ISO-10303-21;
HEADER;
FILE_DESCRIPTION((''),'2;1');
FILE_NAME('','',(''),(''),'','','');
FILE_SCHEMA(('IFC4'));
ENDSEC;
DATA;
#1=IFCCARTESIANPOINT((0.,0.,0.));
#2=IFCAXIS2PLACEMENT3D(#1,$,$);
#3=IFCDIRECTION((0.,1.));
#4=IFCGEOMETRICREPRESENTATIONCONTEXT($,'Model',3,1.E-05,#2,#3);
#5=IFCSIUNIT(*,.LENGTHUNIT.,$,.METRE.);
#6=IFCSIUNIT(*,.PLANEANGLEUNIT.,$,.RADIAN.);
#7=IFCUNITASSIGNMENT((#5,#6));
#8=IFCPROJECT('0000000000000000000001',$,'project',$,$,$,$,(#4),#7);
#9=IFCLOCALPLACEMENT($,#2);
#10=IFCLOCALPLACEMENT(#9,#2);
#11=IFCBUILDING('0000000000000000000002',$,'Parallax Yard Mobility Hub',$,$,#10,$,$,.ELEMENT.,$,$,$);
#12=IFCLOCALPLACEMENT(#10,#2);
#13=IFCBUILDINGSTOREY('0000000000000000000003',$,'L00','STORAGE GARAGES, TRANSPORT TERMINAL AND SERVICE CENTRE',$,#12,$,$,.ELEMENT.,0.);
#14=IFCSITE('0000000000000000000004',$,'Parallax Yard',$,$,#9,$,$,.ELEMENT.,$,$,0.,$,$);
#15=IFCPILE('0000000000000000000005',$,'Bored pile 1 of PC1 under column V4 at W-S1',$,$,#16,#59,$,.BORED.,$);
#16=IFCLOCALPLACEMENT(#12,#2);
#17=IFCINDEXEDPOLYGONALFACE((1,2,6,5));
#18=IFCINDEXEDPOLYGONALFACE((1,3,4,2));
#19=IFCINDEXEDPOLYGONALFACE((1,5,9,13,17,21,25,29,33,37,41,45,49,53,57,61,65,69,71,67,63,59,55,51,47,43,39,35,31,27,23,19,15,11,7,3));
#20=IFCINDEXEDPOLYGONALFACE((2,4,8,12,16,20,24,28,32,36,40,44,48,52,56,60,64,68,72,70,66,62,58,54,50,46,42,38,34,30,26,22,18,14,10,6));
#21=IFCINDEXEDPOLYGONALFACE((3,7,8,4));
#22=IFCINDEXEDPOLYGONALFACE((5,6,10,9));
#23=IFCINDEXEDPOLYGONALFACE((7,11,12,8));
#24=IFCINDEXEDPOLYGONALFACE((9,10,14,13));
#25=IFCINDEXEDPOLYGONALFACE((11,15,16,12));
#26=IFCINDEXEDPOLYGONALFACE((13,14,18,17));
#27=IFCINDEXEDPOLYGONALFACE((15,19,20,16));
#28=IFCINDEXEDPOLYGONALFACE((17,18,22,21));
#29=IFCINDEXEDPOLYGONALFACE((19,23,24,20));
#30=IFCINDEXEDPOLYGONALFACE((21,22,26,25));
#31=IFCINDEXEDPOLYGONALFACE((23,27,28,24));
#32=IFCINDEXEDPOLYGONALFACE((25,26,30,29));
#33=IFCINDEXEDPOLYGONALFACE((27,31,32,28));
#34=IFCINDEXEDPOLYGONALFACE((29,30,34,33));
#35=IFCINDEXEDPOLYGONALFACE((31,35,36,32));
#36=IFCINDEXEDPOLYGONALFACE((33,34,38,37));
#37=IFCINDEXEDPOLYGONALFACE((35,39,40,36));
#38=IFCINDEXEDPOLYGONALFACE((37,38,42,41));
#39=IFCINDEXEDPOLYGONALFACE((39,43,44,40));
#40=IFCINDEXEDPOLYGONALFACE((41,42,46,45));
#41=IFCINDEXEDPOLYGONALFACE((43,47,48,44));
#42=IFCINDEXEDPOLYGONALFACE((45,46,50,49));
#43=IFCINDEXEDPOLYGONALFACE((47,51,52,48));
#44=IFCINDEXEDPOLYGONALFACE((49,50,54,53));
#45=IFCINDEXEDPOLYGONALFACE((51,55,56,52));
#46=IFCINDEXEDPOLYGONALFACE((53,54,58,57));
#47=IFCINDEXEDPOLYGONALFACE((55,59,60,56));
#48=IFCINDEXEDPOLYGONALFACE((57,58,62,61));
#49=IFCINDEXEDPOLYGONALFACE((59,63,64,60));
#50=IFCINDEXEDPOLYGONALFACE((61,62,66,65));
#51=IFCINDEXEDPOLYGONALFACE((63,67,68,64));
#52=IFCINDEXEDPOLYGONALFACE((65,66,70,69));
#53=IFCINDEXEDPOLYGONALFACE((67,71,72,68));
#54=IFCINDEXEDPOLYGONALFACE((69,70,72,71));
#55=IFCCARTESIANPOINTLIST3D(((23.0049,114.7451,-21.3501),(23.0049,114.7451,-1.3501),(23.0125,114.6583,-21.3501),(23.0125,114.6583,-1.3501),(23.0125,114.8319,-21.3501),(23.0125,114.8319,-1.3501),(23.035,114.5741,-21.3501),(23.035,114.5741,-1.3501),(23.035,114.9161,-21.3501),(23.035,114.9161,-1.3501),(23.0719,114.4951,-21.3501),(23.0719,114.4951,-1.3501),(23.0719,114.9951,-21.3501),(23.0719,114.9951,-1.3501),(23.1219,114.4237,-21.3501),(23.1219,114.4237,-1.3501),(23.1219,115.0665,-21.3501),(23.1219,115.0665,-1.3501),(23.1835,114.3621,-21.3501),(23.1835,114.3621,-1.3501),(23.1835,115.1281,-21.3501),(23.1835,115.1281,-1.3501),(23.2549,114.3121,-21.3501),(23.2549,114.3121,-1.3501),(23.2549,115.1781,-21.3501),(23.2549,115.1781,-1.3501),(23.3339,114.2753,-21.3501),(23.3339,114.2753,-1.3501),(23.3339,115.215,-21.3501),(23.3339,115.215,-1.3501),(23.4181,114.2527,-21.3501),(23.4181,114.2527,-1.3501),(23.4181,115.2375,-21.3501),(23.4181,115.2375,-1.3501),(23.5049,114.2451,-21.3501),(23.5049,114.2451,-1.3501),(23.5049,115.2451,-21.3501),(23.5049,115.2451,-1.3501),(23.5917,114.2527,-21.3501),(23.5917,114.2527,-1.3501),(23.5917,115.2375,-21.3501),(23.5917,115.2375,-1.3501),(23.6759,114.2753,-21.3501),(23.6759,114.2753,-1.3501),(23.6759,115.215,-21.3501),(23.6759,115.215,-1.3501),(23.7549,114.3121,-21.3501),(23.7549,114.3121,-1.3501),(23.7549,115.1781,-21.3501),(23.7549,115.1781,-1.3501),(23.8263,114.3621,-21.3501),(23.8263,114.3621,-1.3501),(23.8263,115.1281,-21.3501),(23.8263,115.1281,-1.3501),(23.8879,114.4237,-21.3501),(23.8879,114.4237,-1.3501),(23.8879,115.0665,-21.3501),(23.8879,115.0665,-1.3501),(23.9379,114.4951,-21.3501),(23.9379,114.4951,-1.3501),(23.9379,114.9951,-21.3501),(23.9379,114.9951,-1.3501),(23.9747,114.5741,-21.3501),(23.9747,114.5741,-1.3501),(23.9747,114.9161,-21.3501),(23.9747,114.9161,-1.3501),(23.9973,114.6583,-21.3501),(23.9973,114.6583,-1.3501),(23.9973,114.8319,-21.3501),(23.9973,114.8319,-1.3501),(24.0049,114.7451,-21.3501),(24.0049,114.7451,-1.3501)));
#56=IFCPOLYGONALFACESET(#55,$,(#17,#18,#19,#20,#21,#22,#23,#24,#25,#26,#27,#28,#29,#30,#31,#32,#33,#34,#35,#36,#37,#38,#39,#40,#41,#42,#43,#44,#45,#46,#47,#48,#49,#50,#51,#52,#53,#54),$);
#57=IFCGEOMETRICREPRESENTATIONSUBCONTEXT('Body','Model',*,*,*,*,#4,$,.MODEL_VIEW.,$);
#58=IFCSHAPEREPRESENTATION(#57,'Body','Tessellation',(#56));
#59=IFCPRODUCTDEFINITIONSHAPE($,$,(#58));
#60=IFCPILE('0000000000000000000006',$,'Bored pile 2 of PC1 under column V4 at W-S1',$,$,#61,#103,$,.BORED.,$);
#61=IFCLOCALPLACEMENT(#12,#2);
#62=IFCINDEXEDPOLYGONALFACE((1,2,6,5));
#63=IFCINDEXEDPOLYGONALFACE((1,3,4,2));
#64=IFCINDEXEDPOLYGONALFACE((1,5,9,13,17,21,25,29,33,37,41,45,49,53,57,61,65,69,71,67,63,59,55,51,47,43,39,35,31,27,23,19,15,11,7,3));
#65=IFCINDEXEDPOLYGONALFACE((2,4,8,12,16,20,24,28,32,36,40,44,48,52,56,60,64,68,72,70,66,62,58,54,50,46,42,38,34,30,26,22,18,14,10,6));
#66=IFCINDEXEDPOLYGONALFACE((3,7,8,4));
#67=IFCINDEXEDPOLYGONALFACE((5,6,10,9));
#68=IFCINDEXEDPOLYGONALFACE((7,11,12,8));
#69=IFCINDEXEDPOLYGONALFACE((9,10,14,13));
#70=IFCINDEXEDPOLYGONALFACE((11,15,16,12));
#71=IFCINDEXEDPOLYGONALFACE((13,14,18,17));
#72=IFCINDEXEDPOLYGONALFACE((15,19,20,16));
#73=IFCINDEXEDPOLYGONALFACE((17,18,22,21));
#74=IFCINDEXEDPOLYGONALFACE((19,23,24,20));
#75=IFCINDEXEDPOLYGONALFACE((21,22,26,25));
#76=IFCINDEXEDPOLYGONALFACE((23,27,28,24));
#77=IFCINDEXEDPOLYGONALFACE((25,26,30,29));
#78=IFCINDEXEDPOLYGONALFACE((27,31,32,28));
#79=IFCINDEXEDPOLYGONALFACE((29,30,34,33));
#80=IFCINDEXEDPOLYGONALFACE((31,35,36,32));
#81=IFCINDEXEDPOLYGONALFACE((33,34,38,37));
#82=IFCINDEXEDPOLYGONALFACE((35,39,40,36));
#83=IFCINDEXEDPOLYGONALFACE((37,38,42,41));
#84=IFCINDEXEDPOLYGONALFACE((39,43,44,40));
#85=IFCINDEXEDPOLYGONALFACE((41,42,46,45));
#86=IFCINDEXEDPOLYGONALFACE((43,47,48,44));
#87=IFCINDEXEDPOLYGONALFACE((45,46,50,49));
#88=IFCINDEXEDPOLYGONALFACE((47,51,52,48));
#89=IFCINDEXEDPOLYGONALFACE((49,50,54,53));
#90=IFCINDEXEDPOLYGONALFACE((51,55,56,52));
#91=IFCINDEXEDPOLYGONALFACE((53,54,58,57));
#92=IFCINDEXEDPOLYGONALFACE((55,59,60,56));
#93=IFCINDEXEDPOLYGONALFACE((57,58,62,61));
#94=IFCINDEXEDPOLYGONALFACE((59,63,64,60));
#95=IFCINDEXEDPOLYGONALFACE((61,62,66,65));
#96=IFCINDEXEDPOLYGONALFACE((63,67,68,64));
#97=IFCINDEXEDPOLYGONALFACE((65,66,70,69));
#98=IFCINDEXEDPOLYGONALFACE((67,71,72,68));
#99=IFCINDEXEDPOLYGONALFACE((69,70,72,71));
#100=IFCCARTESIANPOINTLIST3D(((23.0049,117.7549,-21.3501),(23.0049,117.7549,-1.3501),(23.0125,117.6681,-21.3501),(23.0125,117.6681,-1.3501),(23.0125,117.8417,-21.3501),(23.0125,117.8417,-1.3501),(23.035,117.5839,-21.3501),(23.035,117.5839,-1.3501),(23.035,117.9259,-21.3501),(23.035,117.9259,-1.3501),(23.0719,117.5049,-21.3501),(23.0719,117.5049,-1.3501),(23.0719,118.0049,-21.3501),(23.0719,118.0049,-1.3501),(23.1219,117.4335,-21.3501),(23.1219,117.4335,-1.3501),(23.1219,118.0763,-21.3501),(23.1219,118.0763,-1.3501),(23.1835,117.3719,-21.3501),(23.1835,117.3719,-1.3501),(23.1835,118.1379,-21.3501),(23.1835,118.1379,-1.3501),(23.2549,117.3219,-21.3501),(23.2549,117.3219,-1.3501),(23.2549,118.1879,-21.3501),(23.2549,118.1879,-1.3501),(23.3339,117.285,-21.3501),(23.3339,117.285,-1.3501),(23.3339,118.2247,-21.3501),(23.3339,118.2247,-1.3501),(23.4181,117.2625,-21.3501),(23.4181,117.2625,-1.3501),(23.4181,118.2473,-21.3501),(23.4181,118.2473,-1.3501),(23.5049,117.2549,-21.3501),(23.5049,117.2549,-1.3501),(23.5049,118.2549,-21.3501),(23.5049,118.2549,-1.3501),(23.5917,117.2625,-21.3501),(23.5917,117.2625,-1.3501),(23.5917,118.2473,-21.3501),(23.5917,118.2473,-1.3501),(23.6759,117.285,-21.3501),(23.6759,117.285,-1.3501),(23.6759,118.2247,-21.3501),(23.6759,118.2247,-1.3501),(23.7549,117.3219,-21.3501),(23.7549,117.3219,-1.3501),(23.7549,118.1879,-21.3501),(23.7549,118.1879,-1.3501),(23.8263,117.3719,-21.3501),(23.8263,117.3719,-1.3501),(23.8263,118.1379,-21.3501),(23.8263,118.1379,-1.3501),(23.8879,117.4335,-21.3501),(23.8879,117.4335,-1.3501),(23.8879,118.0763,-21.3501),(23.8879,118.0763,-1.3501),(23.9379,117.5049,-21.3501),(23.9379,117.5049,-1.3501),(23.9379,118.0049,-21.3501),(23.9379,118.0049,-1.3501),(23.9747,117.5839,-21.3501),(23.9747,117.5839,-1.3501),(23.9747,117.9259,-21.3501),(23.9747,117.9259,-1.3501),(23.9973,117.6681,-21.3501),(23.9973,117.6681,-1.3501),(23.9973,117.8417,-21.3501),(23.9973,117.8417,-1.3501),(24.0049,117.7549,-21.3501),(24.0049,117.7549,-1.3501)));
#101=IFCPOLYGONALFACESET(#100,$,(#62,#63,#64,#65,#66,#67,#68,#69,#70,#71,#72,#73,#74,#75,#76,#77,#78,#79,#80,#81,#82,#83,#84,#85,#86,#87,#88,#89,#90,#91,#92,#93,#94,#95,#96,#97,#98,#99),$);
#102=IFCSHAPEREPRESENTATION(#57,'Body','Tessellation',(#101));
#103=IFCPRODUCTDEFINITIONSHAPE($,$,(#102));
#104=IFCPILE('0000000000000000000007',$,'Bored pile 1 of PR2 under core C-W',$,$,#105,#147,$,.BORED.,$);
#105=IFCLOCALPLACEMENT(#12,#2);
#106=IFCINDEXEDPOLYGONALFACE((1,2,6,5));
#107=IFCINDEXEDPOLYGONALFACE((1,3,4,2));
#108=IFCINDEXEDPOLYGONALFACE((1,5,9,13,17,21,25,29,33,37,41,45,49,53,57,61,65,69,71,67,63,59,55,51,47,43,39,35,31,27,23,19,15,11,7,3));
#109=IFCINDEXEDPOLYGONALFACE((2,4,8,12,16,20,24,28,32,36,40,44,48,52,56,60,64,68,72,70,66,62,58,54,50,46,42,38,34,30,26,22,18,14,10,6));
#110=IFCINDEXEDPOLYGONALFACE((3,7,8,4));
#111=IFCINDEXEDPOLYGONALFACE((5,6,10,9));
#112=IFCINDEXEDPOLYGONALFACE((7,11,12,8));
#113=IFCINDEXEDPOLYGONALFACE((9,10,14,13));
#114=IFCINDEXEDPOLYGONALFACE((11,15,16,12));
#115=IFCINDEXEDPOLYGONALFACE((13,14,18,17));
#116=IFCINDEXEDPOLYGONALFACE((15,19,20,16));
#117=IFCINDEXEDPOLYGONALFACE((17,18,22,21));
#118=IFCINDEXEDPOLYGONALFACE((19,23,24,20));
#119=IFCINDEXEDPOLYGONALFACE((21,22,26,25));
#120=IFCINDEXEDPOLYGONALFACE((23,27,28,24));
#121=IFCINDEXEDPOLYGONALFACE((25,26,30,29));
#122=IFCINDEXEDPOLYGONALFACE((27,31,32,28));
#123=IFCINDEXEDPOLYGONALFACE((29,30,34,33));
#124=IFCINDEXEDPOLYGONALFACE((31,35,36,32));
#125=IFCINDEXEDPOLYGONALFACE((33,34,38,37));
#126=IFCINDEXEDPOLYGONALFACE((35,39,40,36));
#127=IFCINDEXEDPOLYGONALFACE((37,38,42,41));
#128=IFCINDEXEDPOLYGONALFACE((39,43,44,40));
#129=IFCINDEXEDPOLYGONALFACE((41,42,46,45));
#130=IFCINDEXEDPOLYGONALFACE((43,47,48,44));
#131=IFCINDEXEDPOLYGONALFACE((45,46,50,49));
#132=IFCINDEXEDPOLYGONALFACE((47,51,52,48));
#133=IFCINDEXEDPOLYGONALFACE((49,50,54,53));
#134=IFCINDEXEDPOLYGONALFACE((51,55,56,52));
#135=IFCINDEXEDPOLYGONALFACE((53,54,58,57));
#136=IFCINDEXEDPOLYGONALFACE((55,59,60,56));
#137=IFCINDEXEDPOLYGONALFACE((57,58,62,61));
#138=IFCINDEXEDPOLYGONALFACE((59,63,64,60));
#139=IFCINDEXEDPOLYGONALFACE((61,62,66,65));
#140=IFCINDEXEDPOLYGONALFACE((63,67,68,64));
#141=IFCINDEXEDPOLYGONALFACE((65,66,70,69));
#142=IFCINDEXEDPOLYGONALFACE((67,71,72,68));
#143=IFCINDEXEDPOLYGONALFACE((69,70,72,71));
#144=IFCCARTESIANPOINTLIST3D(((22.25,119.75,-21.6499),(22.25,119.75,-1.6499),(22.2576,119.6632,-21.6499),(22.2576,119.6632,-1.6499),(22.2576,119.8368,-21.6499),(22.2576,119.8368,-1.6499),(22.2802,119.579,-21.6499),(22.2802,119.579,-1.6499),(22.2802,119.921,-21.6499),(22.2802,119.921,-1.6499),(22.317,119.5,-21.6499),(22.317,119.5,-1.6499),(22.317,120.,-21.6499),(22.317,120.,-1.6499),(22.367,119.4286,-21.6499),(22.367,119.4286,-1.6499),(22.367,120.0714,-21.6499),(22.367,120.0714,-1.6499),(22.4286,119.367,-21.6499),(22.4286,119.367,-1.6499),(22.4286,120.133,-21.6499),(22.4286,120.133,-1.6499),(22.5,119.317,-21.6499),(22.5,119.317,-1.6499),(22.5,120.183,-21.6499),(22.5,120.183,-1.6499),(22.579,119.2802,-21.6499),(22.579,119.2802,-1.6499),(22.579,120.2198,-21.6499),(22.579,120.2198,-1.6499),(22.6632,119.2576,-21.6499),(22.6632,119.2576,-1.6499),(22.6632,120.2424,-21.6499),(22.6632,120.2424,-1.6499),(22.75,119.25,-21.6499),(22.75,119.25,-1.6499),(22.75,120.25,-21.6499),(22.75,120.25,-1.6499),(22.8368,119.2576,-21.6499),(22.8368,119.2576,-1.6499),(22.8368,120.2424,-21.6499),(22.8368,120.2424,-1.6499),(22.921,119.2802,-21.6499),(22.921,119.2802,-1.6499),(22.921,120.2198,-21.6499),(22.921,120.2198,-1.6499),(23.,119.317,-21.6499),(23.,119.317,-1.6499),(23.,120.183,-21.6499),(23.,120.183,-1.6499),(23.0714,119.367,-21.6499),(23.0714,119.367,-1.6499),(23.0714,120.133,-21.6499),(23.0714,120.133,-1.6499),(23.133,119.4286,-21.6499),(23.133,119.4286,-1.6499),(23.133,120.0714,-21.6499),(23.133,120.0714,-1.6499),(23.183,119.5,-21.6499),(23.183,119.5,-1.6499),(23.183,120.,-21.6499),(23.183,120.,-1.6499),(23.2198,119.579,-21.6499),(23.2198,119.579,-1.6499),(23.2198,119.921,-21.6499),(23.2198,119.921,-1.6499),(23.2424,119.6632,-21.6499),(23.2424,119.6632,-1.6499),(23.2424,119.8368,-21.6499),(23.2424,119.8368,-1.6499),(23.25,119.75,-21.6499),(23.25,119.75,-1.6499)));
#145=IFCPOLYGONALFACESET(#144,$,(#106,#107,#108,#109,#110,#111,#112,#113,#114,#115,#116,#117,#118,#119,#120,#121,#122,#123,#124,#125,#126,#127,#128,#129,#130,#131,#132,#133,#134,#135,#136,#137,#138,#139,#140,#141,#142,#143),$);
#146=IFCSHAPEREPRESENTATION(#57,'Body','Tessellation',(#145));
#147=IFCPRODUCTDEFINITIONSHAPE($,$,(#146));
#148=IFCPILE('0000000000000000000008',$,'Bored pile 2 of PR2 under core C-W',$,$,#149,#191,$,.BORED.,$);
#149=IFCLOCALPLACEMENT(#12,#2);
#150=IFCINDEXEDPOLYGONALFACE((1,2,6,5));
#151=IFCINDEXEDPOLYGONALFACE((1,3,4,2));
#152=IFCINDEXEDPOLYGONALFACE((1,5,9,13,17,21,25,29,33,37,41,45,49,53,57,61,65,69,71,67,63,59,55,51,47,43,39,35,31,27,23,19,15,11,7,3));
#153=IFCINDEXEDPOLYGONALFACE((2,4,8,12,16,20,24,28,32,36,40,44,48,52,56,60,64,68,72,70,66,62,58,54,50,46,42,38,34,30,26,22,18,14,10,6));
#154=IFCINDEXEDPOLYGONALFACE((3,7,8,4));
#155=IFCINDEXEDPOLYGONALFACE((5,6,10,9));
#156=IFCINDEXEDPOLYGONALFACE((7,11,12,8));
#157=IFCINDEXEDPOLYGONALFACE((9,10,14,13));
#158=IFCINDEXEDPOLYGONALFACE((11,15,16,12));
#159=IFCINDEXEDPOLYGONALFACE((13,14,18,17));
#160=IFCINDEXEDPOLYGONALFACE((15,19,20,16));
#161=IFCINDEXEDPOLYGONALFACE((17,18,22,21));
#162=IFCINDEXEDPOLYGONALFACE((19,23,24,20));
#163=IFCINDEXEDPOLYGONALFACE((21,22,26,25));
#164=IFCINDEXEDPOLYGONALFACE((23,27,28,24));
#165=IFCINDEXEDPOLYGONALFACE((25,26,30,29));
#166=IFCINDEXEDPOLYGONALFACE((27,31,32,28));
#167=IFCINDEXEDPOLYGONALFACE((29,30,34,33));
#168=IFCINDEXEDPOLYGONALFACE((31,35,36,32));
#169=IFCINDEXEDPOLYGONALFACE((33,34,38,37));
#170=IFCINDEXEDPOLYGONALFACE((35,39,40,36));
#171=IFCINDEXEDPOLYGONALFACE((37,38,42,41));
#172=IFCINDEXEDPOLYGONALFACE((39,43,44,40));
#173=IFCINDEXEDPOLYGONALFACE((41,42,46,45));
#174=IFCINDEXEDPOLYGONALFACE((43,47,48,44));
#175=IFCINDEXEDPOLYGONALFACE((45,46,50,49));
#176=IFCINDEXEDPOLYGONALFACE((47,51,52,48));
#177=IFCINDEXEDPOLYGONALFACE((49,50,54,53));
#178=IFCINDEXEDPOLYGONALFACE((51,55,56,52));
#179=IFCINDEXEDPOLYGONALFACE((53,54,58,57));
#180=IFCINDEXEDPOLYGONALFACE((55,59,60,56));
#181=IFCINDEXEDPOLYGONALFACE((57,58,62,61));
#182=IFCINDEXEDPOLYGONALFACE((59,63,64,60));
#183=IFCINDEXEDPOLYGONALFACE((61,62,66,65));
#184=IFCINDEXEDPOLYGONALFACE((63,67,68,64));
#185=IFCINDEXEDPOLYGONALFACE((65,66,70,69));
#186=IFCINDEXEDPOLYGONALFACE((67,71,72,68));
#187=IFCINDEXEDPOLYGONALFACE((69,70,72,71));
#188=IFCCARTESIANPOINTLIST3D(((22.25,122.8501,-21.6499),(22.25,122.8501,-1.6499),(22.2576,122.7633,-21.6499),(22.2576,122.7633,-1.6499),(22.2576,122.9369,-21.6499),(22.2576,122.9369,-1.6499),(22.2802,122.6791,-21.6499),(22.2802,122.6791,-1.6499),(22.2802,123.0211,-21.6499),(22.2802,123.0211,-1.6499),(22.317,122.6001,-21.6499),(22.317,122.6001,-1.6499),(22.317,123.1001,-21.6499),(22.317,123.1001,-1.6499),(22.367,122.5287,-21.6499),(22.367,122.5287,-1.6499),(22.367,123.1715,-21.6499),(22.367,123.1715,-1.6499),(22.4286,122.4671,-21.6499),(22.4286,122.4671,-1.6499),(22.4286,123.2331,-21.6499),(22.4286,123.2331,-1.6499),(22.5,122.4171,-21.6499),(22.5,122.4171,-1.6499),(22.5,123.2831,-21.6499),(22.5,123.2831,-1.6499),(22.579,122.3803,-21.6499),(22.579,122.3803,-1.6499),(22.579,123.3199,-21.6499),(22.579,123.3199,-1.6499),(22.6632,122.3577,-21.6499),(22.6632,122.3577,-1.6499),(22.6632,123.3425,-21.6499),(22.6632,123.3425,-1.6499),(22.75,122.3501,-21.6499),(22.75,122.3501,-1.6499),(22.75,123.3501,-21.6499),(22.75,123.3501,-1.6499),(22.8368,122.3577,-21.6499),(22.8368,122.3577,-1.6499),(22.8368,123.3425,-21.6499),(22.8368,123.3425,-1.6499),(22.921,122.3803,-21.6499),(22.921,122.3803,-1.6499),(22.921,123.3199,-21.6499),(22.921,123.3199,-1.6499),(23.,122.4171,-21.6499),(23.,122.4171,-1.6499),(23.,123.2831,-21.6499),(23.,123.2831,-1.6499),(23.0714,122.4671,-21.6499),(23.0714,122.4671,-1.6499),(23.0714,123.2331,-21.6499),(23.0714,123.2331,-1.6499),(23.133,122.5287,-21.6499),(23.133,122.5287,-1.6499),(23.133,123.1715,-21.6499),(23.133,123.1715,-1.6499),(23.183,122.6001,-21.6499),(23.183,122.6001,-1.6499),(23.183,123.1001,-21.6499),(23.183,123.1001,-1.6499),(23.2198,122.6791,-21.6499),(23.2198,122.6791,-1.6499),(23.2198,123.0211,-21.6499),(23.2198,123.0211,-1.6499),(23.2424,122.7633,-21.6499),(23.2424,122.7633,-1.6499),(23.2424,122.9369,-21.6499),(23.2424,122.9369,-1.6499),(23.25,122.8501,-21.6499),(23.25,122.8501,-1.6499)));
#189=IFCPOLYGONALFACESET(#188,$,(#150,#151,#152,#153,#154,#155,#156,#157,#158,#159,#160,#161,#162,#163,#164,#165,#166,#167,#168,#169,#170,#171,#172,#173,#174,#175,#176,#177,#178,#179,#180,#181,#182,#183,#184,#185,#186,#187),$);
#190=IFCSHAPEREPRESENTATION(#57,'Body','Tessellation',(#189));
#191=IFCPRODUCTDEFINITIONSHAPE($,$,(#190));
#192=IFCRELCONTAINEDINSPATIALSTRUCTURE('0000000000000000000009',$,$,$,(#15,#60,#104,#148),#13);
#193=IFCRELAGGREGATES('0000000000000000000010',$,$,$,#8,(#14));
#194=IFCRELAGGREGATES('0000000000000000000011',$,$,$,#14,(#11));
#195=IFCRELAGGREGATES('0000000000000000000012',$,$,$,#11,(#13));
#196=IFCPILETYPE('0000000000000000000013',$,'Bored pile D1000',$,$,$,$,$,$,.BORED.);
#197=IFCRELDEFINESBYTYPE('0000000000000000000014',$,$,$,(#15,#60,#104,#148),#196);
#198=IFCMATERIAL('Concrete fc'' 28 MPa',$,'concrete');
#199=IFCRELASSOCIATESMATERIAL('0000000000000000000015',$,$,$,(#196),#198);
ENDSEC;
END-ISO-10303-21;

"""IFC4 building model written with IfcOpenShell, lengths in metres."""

from ifc_helpers import new_model, si_unit, direction, frame, origin, origin_2d, place, context, subcontext, project, spatial, circle, extrude, material, material_profile, profile_set, type_object, element, save


model = new_model("IFC4")

# Units and contexts
model_context = context("Model", 3, precision=1e-05, world=origin(), true_north=direction((0.0, 1.0)))
body_context = subcontext(model_context, "Body", "Model", "MODEL_VIEW")
ifc_project = project(units=[si_unit("LENGTHUNIT", "METRE"), si_unit("PLANEANGLEUNIT", "RADIAN")], contexts=[model_context])

# Site, building, storey
site_placement = place(None, origin())
site = spatial("IfcSite", under=ifc_project, at=site_placement, Name="Parallax Yard", CompositionType="ELEMENT", RefElevation=0.0)
building_placement = place(site_placement, origin())
building = spatial("IfcBuilding", under=site, at=building_placement, Name="Parallax Yard Mobility Hub", CompositionType="ELEMENT")
storey_placement = place(building_placement, origin())
storey = spatial("IfcBuildingStorey", under=building, at=storey_placement, Name="L00", Description="STORAGE GARAGES, TRANSPORT TERMINAL AND SERVICE CENTRE", CompositionType="ELEMENT", Elevation=0.0)

# Piles
ifc_material_1 = material(Name="Concrete fc' 28 MPa", Category="concrete")
ifc_material_profile_1 = material_profile(ifc_material_1, circle(Radius=0.5, at=origin_2d()), Name="Bored pile D1000")
ifc_profile_set_1 = profile_set([ifc_material_profile_1], Name="Concrete fc' 28 MPa")
pile_type = type_object("IfcPileType", Name="Bored pile D1000", PredefinedType="BORED", material=ifc_profile_set_1)
for number, where, z_axis, x_axis, name in (
    (1, (23.5049, 114.7451, -1.3501), (0.0, 0.0, -1.0), (1.0, 0.0, 0.0), "Bored pile 1 of PC1 under column V4 at W-S1"),
    (2, (23.5049, 117.7549, -1.3501), (0.0, 0.0, -1.0), (1.0, 0.0, 0.0), "Bored pile 2 of PC1 under column V4 at W-S1"),
    (3, (22.75, 119.75, -1.6499), (0.0, 0.0, -1.0), (1.0, 0.0, 0.0), "Bored pile 1 of PR2 under core C-W"),
    (4, (22.75, 122.8501, -1.6499), (0.0, 0.0, -1.0), (1.0, 0.0, 0.0), "Bored pile 2 of PR2 under core C-W"),
):
    element("IfcPile", number, at=place(storey_placement, frame(where, z_axis=z_axis, x_axis=x_axis)), inside=storey, type_object=pile_type, Name=name, PredefinedType="BORED", context=body_context, shape_type="SweptSolid", body=[
        extrude(circle(Radius=0.5, at=origin_2d()), origin(), (0.0, 0.0, 1.0), 20.0),
    ])

save(model, "model.ifc")
